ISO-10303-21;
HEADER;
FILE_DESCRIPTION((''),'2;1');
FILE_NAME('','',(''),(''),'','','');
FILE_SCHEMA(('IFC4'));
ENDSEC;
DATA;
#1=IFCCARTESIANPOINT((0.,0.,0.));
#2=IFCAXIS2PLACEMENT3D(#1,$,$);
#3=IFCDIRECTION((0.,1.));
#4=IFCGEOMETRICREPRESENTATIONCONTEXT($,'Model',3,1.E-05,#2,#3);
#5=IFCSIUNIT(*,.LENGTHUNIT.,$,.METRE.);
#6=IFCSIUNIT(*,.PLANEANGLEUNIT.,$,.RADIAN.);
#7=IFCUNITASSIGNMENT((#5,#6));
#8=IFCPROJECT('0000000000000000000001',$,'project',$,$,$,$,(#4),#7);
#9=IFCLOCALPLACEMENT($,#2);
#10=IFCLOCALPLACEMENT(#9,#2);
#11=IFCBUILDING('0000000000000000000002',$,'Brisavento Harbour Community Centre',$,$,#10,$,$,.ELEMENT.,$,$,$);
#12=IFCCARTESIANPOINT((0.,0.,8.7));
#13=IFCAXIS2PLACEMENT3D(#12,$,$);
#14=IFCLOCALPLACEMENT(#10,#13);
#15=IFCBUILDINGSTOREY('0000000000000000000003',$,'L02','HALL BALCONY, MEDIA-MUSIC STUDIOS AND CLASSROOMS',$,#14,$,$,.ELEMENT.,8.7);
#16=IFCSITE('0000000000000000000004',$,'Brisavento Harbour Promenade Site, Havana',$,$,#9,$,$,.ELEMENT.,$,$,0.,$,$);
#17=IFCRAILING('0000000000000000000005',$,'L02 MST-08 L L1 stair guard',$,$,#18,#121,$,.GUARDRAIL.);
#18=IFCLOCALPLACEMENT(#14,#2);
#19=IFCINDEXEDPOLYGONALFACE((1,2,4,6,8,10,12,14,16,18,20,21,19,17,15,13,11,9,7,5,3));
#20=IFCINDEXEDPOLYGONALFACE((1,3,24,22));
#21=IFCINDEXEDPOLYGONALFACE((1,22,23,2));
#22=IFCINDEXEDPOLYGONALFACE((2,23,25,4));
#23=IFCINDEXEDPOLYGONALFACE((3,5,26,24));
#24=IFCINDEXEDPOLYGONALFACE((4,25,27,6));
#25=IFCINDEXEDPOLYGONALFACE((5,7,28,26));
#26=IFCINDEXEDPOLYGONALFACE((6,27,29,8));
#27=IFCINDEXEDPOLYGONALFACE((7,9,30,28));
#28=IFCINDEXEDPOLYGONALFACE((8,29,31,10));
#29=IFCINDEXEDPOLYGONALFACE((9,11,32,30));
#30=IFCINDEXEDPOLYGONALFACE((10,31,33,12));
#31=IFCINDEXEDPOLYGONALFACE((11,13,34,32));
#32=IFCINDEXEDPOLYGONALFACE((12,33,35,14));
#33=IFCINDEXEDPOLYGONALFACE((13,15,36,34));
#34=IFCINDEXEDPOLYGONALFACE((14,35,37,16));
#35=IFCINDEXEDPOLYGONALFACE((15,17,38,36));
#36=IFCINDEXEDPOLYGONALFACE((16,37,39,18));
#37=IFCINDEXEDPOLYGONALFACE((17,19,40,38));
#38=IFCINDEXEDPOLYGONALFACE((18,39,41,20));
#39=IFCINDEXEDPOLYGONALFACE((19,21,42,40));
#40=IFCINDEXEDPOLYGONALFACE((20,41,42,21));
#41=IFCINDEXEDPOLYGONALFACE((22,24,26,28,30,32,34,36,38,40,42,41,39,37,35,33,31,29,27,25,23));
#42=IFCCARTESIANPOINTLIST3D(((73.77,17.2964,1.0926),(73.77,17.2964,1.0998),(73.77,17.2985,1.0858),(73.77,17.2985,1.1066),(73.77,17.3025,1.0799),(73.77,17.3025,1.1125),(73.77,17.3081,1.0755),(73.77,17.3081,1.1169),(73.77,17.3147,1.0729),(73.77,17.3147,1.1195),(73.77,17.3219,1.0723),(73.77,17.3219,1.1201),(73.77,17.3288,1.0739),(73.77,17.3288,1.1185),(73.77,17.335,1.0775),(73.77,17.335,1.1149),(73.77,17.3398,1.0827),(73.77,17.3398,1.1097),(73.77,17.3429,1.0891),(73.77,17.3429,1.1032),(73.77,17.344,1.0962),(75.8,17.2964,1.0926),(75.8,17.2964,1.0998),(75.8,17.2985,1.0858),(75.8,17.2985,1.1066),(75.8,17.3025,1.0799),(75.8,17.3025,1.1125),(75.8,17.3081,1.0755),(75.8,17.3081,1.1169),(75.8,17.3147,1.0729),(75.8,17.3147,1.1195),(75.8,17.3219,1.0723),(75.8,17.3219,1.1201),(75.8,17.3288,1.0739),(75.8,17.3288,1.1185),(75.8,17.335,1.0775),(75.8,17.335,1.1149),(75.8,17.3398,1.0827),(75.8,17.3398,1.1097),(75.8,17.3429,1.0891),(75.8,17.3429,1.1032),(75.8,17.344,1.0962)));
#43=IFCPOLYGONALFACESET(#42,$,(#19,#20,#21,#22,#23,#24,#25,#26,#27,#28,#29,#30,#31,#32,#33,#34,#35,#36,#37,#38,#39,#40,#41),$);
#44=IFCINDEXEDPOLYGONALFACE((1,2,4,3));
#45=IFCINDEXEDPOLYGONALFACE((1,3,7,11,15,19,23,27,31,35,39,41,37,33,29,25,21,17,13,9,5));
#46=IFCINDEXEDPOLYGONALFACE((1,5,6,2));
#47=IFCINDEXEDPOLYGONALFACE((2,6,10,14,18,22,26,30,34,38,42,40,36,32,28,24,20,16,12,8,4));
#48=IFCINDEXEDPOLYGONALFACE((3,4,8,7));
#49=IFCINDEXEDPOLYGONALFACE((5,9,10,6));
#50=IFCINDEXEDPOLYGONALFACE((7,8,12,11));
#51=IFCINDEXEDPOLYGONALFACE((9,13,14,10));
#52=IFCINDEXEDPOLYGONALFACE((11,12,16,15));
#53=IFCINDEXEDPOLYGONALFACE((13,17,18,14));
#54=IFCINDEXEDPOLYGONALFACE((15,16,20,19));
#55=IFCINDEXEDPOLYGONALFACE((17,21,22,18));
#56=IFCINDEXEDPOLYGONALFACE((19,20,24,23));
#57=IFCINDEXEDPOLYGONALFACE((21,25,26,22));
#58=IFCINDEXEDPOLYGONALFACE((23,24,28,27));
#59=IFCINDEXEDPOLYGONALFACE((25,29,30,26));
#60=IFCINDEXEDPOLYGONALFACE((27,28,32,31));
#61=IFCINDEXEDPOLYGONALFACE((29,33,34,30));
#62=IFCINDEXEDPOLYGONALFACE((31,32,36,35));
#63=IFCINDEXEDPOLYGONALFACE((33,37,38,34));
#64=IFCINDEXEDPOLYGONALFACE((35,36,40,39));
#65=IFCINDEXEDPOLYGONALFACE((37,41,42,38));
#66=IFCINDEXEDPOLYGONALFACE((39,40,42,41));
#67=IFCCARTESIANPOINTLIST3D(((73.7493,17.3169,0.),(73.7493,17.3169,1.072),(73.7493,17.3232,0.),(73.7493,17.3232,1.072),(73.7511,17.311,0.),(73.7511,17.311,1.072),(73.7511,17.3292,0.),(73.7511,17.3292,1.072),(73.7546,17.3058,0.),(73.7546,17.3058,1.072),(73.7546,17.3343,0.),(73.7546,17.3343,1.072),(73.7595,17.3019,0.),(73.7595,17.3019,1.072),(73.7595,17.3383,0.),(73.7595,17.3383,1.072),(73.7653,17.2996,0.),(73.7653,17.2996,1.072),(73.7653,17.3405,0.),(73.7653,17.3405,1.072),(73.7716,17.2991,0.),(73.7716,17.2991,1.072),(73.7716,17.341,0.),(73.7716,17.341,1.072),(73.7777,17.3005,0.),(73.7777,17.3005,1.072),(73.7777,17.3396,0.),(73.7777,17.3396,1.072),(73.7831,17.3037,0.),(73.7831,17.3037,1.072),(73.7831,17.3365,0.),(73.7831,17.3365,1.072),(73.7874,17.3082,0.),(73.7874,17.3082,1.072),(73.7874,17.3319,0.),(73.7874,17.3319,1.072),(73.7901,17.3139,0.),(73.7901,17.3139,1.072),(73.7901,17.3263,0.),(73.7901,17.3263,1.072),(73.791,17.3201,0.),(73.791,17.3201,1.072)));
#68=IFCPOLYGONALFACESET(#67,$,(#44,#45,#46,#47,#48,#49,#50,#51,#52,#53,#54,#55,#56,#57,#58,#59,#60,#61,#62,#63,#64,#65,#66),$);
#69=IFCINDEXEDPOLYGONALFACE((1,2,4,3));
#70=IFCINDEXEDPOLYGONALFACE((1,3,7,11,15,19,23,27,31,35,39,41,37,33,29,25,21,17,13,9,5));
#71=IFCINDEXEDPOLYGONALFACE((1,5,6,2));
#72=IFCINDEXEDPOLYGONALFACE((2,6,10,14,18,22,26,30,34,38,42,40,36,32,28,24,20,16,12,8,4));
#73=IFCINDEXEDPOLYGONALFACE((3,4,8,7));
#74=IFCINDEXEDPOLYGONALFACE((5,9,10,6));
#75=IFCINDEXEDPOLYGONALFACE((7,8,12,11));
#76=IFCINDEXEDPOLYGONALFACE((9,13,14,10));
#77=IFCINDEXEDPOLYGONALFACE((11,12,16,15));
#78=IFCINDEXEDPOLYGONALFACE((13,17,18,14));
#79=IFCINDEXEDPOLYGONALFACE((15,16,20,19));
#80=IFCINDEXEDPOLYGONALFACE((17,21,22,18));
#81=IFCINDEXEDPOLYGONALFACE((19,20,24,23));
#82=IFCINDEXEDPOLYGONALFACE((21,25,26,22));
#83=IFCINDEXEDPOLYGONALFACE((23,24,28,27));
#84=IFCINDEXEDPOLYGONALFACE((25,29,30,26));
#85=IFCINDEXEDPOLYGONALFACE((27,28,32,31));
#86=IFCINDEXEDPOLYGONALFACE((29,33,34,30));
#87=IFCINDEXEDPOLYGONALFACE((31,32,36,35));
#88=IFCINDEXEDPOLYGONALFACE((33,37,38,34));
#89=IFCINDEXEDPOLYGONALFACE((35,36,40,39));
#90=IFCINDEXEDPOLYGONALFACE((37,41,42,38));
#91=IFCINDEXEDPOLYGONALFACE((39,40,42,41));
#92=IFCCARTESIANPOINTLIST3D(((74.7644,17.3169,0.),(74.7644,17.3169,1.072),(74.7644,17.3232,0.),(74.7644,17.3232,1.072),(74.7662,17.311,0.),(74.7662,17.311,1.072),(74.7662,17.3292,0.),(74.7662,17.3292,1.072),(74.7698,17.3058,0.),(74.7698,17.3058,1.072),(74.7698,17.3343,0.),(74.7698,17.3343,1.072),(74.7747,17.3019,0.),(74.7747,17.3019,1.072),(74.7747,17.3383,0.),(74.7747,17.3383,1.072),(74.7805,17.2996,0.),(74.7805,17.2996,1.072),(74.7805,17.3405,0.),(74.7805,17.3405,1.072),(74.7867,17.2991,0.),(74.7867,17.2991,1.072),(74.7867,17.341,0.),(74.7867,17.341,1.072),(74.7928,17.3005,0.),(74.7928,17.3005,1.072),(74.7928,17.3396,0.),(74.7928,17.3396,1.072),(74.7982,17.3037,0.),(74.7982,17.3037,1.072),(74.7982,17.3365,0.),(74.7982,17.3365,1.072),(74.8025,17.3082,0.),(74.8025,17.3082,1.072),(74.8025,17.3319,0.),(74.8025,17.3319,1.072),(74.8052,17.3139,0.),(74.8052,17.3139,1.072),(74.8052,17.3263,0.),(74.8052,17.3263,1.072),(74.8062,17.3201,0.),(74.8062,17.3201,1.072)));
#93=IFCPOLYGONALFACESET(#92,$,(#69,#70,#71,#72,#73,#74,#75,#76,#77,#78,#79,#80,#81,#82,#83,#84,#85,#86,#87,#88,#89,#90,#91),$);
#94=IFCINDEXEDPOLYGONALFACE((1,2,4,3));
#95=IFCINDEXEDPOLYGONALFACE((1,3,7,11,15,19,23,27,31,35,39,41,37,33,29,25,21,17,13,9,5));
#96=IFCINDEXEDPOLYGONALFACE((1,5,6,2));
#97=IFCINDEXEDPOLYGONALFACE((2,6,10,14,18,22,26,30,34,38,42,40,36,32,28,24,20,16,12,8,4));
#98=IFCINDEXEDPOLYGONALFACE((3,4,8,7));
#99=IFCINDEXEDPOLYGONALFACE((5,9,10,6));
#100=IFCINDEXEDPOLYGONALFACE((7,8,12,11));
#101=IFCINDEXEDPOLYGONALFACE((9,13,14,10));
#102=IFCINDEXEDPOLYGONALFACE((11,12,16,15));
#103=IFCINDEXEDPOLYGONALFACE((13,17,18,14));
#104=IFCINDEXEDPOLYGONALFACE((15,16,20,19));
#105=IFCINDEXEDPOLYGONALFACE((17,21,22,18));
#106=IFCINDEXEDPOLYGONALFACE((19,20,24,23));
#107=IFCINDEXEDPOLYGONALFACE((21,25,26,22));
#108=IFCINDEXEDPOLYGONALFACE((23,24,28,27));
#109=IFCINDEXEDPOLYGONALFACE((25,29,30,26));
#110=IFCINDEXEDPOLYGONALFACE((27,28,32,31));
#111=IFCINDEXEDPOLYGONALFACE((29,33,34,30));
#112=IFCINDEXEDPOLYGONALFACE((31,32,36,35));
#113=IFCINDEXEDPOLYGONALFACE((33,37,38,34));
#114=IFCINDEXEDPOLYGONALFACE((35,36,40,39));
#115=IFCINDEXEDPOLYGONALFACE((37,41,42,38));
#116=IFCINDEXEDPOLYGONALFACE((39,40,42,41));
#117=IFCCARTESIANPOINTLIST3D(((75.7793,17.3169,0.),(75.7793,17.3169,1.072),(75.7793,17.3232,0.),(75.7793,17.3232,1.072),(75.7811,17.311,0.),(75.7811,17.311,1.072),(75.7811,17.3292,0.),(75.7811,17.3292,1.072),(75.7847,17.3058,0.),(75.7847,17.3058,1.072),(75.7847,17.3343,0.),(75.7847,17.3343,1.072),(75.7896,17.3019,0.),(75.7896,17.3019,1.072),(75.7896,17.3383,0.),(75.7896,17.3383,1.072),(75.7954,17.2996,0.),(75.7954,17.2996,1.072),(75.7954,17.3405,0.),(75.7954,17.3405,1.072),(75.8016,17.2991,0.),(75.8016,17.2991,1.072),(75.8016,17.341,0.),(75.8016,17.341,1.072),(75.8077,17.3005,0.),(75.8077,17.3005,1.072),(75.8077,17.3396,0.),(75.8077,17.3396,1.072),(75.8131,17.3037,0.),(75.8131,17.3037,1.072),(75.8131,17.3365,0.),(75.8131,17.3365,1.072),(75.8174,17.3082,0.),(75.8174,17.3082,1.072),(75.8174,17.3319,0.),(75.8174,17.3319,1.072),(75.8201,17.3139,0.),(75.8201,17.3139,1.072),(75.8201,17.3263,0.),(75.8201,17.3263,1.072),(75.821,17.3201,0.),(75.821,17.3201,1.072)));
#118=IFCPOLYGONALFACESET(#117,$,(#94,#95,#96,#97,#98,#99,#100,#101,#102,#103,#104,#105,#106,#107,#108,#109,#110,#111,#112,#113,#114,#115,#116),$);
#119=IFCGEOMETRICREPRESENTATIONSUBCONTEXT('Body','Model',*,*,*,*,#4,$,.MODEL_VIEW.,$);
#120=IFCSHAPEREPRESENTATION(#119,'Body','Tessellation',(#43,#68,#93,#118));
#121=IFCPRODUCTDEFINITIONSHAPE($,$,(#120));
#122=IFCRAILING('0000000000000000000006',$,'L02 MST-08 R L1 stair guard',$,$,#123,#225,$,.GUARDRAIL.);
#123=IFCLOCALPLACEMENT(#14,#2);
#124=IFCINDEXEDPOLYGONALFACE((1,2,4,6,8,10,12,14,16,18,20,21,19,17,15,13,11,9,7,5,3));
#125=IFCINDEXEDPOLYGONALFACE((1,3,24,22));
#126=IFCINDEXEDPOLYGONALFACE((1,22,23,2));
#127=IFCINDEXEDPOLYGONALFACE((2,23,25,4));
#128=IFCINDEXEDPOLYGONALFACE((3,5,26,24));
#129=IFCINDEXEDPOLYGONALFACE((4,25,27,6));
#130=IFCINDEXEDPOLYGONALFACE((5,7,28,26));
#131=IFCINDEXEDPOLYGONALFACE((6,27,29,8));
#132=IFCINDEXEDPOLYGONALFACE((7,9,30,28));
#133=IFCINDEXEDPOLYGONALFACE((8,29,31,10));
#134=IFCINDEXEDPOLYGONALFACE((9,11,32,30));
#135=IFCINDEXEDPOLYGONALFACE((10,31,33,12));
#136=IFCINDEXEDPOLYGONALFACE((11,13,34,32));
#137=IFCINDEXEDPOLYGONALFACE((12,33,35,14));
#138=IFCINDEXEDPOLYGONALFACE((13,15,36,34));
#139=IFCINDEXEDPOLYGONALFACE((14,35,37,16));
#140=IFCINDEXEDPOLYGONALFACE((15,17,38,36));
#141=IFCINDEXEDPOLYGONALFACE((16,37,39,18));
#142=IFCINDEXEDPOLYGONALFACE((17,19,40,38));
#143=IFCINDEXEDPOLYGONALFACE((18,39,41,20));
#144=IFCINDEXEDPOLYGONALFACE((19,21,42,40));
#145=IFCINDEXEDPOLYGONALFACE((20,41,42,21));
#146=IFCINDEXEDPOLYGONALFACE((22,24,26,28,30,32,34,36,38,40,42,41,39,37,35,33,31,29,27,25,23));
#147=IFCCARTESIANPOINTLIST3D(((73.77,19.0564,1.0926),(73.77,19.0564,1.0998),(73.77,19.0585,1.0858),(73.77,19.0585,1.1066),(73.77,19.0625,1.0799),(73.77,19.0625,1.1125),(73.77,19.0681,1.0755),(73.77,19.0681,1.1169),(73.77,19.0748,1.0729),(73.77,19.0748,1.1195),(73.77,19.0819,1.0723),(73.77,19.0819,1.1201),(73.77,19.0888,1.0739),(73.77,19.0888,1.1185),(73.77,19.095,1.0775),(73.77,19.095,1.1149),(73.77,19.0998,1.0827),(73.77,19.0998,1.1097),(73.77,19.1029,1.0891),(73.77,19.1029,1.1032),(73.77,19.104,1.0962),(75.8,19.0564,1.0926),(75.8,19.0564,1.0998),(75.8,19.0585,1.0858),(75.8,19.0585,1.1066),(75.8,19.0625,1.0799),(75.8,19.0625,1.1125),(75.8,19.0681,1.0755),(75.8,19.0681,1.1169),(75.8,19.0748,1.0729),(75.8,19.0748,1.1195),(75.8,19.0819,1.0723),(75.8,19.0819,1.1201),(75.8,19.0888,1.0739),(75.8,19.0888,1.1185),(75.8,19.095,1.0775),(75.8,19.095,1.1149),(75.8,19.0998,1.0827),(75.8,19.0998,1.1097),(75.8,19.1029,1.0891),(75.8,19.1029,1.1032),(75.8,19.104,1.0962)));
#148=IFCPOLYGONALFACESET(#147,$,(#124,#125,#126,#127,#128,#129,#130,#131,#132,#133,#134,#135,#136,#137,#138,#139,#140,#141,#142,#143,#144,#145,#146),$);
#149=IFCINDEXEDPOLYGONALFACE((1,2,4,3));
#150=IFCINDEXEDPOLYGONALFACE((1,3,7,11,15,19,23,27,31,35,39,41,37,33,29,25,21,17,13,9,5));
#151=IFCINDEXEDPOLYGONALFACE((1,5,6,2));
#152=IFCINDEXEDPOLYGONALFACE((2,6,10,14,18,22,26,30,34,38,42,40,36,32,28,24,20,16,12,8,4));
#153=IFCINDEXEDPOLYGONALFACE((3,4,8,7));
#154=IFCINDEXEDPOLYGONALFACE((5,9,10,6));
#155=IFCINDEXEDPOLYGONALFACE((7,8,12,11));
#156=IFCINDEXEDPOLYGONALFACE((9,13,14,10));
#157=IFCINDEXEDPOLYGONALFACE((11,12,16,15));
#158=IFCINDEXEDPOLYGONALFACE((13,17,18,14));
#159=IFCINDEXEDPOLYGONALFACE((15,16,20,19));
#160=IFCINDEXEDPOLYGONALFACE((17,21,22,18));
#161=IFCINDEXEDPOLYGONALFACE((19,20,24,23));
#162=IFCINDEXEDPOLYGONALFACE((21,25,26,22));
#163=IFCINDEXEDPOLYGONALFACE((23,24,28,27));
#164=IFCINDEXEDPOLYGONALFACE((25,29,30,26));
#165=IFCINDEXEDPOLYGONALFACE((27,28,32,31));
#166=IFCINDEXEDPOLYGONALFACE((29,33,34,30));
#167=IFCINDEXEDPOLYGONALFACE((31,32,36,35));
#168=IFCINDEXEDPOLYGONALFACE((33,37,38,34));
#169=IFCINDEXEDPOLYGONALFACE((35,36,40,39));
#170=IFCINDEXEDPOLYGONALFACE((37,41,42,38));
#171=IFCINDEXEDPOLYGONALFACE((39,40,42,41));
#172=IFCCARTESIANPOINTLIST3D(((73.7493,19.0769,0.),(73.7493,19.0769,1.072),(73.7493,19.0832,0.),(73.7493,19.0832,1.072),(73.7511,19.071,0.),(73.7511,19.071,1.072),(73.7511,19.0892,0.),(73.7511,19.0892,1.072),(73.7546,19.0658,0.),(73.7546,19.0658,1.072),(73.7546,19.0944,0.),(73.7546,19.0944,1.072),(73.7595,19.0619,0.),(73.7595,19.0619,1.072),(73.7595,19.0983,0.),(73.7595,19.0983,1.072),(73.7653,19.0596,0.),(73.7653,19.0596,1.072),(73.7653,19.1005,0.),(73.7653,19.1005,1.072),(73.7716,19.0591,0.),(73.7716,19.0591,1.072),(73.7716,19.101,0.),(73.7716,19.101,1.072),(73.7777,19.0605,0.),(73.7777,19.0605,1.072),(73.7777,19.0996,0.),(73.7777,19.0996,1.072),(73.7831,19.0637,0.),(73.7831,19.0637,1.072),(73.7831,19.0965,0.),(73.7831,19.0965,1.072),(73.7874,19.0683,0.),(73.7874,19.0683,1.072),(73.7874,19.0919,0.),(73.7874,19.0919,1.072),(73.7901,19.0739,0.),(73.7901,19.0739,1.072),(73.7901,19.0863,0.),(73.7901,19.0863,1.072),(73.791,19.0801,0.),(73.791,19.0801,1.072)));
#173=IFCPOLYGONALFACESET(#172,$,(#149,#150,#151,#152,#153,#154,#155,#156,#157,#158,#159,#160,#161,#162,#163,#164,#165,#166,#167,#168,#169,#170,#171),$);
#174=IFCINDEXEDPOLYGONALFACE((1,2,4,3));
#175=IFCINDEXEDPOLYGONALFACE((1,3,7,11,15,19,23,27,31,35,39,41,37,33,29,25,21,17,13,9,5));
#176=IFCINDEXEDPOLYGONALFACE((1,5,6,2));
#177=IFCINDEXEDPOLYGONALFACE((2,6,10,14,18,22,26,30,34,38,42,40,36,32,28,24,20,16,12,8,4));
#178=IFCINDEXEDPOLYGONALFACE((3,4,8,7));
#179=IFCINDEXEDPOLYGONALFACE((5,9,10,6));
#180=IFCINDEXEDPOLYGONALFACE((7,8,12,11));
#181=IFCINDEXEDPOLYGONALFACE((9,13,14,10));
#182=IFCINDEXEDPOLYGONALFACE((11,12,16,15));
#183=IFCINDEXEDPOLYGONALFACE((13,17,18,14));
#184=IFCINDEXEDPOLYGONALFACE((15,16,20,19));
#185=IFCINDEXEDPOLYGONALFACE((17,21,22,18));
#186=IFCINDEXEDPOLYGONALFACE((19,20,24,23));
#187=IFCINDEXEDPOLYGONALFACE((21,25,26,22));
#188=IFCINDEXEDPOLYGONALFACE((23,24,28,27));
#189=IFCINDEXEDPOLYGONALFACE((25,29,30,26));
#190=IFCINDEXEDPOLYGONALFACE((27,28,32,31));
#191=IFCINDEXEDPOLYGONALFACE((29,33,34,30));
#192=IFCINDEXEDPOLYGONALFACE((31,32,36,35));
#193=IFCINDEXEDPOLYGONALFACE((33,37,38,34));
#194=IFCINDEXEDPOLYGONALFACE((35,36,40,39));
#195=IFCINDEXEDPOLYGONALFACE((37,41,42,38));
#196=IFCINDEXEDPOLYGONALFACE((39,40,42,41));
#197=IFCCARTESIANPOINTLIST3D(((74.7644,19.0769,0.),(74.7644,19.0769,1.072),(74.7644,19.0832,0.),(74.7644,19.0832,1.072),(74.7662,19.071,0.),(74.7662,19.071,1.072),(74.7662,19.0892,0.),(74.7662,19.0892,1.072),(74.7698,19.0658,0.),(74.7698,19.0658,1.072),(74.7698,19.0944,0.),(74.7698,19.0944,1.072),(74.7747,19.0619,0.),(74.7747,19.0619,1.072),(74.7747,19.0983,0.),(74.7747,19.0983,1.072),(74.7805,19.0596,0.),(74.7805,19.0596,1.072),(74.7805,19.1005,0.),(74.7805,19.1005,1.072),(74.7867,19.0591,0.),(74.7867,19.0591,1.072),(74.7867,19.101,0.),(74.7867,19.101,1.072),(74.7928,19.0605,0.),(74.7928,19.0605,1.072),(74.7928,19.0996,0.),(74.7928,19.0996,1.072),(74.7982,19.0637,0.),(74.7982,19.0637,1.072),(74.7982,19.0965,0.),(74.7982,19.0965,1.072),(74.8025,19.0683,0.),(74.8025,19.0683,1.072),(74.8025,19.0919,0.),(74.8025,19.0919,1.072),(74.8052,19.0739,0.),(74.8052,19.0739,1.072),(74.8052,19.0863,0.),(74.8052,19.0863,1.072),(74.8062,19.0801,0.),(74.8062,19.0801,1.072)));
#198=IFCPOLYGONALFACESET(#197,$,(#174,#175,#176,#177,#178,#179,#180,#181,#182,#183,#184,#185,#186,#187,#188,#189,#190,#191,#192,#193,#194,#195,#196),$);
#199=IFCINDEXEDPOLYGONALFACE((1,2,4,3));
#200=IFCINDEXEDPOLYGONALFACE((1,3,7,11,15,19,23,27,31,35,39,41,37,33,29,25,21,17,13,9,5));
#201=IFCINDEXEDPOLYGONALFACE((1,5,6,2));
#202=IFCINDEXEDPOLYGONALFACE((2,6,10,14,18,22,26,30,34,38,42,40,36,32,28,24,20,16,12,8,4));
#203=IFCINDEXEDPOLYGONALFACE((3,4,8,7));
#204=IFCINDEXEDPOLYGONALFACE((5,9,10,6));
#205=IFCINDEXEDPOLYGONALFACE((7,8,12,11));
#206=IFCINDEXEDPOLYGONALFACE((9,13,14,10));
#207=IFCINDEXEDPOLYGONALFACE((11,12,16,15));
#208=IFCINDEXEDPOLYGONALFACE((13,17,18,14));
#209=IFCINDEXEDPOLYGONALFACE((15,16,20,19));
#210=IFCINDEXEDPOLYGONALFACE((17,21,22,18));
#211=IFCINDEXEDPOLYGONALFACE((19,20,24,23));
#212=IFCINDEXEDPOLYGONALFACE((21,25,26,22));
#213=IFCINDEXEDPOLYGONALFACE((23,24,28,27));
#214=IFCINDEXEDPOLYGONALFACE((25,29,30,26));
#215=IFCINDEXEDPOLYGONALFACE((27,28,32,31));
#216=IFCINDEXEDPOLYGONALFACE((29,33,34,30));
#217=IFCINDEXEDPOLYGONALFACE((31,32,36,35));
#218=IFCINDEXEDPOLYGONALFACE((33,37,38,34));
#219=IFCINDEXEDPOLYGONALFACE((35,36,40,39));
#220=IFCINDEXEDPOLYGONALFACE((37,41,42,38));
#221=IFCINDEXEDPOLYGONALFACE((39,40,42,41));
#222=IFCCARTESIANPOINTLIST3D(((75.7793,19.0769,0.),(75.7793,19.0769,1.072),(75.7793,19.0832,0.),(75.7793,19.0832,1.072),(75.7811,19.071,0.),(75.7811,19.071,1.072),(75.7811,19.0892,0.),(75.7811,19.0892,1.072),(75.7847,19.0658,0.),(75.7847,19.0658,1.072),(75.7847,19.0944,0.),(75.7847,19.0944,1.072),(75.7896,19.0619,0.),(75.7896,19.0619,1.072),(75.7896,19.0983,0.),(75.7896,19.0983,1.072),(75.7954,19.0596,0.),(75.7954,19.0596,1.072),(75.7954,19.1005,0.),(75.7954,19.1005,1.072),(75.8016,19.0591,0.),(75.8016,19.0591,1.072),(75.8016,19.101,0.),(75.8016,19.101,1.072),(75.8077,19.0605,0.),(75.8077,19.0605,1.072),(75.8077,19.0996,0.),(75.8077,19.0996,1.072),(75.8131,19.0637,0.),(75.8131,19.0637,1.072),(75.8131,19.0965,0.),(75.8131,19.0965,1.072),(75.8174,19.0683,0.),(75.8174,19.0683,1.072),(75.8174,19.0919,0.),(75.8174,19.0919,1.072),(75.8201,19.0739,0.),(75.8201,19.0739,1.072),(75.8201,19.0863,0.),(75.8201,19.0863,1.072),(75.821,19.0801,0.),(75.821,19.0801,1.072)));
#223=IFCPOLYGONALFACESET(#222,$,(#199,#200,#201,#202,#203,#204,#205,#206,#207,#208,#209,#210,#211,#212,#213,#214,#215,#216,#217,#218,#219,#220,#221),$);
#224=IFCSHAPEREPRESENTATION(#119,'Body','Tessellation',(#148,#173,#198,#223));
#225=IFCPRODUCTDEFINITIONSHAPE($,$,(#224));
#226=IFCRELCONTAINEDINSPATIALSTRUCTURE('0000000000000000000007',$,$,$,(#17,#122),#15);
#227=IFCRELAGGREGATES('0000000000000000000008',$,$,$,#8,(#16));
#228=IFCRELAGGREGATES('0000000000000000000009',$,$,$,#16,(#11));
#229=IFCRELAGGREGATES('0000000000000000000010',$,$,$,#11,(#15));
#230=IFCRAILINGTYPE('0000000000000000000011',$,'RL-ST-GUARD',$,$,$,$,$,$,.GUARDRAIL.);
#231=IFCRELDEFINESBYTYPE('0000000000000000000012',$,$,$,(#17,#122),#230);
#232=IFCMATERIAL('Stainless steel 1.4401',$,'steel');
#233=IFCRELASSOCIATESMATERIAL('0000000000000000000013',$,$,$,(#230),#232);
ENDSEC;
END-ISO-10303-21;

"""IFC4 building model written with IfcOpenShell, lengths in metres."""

from ifc_helpers import new_model, si_unit, direction, frame, origin, origin_2d, place, context, subcontext, project, spatial, circle, extrude, material, type_object, element, save


model = new_model("IFC4")

# Units and contexts
model_context = context("Model", 3, precision=1e-05, world=origin(), true_north=direction((0.0, 1.0)))
body_context = subcontext(model_context, "Body", "Model", "MODEL_VIEW")
ifc_project = project(units=[si_unit("LENGTHUNIT", "METRE"), si_unit("PLANEANGLEUNIT", "RADIAN")], contexts=[model_context])

# Site, building, storey
site_placement = place(None, origin())
site = spatial("IfcSite", under=ifc_project, at=site_placement, Name="Brisavento Harbour Promenade Site, Havana", CompositionType="ELEMENT", RefElevation=0.0)
building_placement = place(site_placement, origin())
building = spatial("IfcBuilding", under=site, at=building_placement, Name="Brisavento Harbour Community Centre", CompositionType="ELEMENT")
storey_placement = place(building_placement, frame((0.0, 0.0, 8.7)))
storey = spatial("IfcBuildingStorey", under=building, at=storey_placement, Name="L02", Description="HALL BALCONY, MEDIA-MUSIC STUDIOS AND CLASSROOMS", CompositionType="ELEMENT", Elevation=8.7)

# Railings
ifc_material_1 = material(Name="Stainless steel 1.4401", Category="steel")
railing_type = type_object("IfcRailingType", Name="RL-ST-GUARD", PredefinedType="GUARDRAIL", material=ifc_material_1)
for number, where, name in (
    (1, (73.77, 17.3201, 0.0), "L02 MST-08 L L1 stair guard"),
    (2, (73.77, 19.0801, 0.0), "L02 MST-08 R L1 stair guard"),
):
    element("IfcRailing", number, at=place(storey_placement, frame(where)), inside=storey, type_object=railing_type, Name=name, PredefinedType="GUARDRAIL", context=body_context, shape_type="SweptSolid", body=[
        extrude(circle(Radius=0.0239, at=origin_2d()), frame((0.0, 0.0, 1.0962), z_axis=(1.0, 0.0, 0.0), x_axis=(0.0, 1.0, 0.0)), (0.0, 0.0, 1.0), 2.03),
        extrude(circle(Radius=0.021, at=origin_2d()), origin(), (0.0, 0.0, 1.0), 1.072),
        extrude(circle(Radius=0.021, at=origin_2d()), frame((1.0151, 0.0, 0.0)), (0.0, 0.0, 1.0), 1.072),
        extrude(circle(Radius=0.021, at=origin_2d()), frame((2.03, 0.0, 0.0)), (0.0, 0.0, 1.0), 1.072),
    ])

save(model, "model.ifc")
